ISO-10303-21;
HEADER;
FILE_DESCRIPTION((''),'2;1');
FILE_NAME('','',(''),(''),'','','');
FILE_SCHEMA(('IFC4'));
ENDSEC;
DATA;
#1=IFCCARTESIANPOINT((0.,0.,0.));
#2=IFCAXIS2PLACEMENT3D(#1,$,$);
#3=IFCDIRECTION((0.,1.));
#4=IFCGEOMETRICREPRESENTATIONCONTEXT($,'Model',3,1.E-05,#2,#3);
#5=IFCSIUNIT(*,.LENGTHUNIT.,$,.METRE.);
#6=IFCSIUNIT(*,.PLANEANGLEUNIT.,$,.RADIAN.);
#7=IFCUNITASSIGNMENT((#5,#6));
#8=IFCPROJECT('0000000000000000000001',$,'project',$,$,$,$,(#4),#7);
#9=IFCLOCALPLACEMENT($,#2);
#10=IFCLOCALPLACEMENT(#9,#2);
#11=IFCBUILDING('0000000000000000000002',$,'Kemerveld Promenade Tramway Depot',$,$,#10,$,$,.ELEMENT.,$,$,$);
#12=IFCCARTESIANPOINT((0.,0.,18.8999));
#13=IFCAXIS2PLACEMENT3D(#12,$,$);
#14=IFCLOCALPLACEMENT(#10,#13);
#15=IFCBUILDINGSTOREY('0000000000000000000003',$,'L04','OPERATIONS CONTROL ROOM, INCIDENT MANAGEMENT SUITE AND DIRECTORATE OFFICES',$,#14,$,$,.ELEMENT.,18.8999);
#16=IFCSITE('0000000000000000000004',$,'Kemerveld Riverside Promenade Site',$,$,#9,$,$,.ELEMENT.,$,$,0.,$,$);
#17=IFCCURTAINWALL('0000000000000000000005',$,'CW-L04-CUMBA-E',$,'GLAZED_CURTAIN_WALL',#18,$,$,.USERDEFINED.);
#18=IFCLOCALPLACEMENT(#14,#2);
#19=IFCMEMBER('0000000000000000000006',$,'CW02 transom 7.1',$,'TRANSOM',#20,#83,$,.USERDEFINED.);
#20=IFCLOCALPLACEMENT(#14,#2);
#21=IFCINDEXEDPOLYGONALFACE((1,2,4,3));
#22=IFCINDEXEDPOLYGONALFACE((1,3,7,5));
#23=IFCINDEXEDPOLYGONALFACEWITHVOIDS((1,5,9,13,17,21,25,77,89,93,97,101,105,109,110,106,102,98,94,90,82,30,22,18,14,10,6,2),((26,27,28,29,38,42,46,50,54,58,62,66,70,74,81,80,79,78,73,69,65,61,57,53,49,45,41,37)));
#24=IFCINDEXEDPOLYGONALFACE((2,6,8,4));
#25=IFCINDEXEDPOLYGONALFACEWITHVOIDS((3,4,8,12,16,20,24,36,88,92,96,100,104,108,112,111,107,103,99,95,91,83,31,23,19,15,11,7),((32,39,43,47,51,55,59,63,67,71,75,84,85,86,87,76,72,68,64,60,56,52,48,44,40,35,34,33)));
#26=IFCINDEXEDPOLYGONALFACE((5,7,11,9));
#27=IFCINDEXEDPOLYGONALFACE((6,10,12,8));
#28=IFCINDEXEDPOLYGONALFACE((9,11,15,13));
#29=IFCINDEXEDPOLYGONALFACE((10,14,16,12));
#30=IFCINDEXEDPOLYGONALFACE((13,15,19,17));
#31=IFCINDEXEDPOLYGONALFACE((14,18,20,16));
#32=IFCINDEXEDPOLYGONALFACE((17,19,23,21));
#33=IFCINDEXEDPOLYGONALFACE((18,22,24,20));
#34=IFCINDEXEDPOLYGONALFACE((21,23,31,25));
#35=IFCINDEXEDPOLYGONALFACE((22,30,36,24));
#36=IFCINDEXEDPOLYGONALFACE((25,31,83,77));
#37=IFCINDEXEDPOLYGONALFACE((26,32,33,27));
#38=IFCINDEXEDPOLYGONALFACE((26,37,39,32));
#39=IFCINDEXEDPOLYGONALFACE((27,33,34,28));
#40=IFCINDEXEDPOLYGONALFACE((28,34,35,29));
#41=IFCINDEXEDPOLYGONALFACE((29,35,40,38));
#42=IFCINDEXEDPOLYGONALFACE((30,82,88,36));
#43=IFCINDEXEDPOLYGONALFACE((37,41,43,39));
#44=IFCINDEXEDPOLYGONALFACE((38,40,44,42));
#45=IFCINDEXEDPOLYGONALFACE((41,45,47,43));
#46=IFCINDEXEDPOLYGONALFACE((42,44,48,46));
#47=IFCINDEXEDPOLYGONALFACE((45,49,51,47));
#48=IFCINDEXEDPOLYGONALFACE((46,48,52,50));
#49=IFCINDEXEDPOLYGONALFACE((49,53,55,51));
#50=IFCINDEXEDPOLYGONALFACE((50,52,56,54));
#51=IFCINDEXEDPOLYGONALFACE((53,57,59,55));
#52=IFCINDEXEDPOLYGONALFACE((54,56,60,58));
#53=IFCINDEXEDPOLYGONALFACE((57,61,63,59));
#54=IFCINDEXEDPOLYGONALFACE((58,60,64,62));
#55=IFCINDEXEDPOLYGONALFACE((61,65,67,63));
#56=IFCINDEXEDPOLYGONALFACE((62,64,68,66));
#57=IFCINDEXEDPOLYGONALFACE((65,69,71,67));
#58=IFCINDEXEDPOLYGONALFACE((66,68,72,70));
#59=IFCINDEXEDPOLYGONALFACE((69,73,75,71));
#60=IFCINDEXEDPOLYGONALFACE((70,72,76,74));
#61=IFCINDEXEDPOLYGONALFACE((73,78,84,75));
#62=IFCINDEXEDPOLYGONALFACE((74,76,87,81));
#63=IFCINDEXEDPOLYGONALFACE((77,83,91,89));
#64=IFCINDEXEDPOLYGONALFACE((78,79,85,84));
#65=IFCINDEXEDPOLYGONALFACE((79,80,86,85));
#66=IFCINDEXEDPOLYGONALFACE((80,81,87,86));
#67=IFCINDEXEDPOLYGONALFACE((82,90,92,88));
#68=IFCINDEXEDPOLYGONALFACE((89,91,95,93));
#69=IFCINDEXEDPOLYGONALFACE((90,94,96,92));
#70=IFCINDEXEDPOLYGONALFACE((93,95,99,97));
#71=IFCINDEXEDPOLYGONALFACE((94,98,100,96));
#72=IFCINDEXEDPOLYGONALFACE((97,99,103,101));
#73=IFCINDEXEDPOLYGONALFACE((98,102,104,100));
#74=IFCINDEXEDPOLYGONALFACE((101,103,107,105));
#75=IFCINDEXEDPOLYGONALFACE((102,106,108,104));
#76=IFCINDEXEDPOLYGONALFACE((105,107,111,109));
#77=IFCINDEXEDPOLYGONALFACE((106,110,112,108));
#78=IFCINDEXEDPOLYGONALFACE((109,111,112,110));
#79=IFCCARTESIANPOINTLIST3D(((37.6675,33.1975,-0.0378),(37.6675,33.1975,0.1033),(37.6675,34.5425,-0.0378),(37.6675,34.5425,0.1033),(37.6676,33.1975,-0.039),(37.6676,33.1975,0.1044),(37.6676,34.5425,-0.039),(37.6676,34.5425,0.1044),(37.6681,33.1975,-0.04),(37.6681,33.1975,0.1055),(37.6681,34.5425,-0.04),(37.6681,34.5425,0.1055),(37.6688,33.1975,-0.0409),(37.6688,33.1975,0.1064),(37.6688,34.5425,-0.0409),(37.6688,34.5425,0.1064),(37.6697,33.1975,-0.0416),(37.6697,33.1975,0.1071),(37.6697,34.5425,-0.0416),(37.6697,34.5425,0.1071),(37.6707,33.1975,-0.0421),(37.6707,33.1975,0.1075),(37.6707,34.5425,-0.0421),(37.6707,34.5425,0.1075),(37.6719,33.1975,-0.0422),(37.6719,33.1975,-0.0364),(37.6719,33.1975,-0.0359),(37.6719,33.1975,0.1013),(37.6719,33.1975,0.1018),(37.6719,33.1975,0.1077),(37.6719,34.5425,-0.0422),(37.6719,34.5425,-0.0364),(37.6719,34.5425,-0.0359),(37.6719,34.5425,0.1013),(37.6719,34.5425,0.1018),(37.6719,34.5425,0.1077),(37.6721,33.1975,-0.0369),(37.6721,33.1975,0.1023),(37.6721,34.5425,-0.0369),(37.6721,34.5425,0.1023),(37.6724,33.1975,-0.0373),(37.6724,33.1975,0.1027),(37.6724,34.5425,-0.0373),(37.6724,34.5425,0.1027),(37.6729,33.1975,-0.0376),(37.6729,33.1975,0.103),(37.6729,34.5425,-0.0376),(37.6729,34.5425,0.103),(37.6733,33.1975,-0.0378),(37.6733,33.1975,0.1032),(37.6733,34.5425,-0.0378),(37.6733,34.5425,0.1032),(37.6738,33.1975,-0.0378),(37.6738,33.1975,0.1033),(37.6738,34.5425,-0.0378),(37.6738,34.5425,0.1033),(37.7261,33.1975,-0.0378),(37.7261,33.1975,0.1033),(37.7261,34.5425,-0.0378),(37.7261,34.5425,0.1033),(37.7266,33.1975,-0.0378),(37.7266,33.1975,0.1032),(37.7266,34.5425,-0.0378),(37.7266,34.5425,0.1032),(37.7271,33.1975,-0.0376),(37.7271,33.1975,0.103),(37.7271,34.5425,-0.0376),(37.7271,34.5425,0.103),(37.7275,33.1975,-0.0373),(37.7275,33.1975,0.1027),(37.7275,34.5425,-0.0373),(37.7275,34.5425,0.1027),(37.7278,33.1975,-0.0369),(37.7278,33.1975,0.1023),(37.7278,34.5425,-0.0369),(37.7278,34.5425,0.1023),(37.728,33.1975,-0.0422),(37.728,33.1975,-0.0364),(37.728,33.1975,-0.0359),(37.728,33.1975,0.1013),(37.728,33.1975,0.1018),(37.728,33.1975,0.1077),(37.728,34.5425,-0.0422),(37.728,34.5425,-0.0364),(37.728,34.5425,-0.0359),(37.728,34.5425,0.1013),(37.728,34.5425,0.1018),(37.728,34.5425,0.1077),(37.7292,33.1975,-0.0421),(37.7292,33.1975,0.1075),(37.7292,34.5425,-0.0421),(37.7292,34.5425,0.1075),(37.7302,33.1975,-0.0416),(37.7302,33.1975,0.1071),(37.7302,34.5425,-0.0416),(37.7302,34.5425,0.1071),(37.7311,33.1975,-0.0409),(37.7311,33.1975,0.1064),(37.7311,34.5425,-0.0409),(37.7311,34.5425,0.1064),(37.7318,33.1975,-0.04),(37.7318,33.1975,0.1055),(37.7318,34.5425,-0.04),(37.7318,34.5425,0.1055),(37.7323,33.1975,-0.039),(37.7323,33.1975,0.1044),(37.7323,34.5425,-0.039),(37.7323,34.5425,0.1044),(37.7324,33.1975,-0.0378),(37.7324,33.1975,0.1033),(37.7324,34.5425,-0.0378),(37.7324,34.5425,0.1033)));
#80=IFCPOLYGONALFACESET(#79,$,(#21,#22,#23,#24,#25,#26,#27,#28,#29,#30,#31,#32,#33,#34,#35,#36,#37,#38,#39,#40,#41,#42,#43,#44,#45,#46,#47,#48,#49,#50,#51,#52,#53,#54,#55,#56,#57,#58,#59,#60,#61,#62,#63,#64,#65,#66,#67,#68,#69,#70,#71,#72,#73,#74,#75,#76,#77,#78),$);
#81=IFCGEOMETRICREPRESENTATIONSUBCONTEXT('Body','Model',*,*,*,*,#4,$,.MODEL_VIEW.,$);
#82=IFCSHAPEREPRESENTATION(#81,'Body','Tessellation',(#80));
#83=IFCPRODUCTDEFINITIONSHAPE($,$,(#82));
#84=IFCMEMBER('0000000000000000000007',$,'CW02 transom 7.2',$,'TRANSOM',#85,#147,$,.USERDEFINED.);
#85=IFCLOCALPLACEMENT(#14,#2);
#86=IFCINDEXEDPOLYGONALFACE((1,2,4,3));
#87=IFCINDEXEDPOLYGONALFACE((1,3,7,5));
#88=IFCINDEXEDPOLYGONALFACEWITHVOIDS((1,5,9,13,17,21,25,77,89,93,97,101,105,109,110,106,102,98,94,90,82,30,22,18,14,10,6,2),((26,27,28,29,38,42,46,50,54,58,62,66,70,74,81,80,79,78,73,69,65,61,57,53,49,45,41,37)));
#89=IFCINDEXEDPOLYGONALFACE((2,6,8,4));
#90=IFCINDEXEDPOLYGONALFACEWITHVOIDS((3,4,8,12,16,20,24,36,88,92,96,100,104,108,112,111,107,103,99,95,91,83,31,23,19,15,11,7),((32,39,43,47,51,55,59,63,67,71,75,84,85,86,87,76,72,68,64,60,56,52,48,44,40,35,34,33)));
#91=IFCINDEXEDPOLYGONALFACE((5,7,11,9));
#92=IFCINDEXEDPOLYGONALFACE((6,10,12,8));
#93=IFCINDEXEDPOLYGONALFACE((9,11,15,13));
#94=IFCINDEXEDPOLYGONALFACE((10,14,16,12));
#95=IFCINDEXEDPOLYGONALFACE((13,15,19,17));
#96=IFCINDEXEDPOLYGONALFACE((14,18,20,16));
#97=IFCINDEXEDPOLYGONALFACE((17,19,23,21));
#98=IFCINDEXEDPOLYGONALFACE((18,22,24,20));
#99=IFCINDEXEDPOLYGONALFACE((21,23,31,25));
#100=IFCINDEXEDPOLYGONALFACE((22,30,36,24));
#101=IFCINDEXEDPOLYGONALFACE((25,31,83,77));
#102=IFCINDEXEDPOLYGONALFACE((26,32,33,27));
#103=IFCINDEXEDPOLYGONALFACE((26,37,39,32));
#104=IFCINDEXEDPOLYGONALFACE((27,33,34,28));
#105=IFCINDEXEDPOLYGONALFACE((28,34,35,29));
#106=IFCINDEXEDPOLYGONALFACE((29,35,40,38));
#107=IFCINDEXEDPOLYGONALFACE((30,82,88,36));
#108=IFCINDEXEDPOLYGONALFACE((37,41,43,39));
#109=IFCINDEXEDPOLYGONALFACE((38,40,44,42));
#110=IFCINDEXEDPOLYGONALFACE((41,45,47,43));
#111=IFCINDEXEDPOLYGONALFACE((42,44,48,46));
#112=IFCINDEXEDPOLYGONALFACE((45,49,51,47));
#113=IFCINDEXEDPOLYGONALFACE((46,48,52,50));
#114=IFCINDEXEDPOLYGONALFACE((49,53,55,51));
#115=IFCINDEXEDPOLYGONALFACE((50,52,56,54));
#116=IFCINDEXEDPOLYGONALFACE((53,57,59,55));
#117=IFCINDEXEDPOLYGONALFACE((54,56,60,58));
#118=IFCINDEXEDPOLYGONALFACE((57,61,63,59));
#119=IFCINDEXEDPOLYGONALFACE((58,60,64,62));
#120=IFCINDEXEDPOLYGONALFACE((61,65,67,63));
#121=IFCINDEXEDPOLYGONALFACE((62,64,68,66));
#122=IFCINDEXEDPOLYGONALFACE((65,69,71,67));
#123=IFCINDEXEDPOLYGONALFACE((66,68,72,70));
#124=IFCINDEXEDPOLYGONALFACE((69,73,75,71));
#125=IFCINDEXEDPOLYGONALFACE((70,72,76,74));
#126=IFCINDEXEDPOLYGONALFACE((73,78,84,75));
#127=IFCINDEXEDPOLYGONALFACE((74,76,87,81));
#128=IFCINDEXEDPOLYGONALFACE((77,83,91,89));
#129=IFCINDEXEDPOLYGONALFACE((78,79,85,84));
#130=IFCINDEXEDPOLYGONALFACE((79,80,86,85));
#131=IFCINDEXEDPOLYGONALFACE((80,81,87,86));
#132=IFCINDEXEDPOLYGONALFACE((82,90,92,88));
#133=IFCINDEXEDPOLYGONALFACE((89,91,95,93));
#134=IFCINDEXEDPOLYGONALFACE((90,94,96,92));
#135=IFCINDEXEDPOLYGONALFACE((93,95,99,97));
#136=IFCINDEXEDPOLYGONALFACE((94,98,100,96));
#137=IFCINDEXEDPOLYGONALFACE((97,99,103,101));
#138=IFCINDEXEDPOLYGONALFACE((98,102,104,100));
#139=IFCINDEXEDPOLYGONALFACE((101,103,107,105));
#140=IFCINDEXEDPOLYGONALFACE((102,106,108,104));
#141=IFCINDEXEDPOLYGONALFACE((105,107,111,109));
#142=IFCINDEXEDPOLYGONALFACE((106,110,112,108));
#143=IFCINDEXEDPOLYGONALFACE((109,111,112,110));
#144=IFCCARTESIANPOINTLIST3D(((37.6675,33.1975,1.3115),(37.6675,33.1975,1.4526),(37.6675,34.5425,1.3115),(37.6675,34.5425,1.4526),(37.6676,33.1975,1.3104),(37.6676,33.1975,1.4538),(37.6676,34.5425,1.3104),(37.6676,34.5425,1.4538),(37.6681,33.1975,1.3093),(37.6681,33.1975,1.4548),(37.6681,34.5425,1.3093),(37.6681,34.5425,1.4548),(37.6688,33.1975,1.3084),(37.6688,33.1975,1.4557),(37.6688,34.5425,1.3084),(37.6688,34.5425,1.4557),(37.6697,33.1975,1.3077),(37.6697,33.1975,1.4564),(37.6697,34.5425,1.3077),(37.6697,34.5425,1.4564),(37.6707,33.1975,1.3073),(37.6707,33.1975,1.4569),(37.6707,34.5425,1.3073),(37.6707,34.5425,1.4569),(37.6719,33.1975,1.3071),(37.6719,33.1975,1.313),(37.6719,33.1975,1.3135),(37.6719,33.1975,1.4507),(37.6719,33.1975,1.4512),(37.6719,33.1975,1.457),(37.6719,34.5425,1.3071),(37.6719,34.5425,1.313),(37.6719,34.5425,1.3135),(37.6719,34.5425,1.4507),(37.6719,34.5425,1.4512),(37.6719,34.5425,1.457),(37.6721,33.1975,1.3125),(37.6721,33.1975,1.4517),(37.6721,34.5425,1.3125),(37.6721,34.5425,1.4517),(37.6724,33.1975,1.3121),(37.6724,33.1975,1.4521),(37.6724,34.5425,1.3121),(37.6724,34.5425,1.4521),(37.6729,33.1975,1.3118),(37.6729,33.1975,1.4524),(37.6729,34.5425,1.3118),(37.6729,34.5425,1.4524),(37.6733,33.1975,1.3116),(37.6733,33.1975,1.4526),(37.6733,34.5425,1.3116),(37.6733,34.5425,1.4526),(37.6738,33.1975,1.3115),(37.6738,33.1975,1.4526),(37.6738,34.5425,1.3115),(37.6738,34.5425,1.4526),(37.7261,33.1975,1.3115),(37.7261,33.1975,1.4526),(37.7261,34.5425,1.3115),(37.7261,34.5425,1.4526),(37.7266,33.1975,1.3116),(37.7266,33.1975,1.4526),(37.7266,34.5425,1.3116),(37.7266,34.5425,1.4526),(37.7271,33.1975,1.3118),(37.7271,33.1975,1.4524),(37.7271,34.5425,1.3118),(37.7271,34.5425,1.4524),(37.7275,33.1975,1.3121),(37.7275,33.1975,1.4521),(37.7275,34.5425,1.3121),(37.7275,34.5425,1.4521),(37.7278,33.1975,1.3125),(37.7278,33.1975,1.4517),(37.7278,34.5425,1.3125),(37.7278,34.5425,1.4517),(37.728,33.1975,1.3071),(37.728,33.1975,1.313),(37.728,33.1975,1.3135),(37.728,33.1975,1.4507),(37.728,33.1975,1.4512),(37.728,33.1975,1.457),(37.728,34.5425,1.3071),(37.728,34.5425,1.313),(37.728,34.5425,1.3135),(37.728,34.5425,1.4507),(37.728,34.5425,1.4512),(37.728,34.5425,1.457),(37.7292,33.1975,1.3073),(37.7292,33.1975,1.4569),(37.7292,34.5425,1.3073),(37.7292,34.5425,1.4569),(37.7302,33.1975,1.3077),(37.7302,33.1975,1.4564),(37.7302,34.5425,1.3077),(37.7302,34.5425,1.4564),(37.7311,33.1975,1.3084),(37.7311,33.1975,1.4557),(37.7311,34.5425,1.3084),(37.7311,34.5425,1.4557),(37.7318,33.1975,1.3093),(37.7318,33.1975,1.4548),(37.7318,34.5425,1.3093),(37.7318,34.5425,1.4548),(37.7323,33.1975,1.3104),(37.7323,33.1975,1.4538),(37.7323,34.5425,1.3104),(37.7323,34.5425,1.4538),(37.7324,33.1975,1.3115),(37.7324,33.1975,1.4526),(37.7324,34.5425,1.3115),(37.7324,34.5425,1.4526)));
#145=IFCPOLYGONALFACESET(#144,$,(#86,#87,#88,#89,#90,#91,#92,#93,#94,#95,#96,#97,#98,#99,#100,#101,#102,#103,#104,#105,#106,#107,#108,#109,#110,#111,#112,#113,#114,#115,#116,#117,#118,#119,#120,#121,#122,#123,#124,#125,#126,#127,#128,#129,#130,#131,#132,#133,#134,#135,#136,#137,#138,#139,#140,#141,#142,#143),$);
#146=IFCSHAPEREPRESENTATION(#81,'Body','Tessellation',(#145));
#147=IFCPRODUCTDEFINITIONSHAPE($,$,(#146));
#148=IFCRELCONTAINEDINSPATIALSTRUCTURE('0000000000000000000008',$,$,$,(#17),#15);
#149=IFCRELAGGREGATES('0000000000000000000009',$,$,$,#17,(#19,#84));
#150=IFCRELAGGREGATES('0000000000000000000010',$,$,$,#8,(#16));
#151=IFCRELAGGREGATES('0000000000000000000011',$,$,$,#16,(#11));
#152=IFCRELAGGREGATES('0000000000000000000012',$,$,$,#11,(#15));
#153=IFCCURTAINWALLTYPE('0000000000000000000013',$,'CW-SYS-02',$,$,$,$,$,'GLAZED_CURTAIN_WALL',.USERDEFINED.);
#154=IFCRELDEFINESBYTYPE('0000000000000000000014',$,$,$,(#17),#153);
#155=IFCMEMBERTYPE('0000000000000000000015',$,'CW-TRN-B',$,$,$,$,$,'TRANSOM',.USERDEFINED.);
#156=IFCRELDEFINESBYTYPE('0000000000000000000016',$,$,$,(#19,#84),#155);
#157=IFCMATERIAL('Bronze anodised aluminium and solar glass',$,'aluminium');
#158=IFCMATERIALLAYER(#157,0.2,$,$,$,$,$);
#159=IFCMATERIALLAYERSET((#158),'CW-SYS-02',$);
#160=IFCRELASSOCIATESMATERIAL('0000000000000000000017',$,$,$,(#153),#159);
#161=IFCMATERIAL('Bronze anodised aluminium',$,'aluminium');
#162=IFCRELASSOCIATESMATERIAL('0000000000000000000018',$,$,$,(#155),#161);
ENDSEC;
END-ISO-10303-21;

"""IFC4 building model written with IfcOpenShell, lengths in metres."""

from ifc_helpers import new_model, si_unit, direction, frame, origin, origin_2d, place, context, subcontext, project, spatial, hollow_rectangle, extrude, material, layer, layer_set, material_profile, profile_set, type_object, element, aggregate, save


model = new_model("IFC4")

# Units and contexts
model_context = context("Model", 3, precision=1e-05, world=origin(), true_north=direction((0.0, 1.0)))
body_context = subcontext(model_context, "Body", "Model", "MODEL_VIEW")
ifc_project = project(units=[si_unit("LENGTHUNIT", "METRE"), si_unit("PLANEANGLEUNIT", "RADIAN")], contexts=[model_context])

# Site, building, storey
site_placement = place(None, origin())
site = spatial("IfcSite", under=ifc_project, at=site_placement, Name="Kemerveld Riverside Promenade Site", CompositionType="ELEMENT", RefElevation=0.0)
building_placement = place(site_placement, origin())
building = spatial("IfcBuilding", under=site, at=building_placement, Name="Kemerveld Promenade Tramway Depot", CompositionType="ELEMENT")
storey_placement = place(building_placement, frame((0.0, 0.0, 18.8999)))
storey = spatial("IfcBuildingStorey", under=building, at=storey_placement, Name="L04", Description="OPERATIONS CONTROL ROOM, INCIDENT MANAGEMENT SUITE AND DIRECTORATE OFFICES", CompositionType="ELEMENT", Elevation=18.8999)

# Curtain wall, members
ifc_material_1 = material(Name="Bronze anodised aluminium and solar glass", Category="aluminium")
ifc_layer_1 = layer(ifc_material_1, 0.2)
ifc_layer_set_1 = layer_set([ifc_layer_1], Name="CW-SYS-02")
curtain_wall_type = type_object("IfcCurtainWallType", Name="CW-SYS-02", ElementType="GLAZED_CURTAIN_WALL", PredefinedType="USERDEFINED", material=ifc_layer_set_1)
curtain_wall_placement = place(storey_placement, origin())
curtain_wall = element("IfcCurtainWall", 1, at=curtain_wall_placement, inside=storey, type_object=curtain_wall_type, Name="CW-L04-CUMBA-E", ObjectType="GLAZED_CURTAIN_WALL", PredefinedType="USERDEFINED")
ifc_material_2 = material(Name="Bronze anodised aluminium", Category="aluminium")
ifc_material_profile_1 = material_profile(ifc_material_2, hollow_rectangle(XDim=0.0649, YDim=0.1499, WallThickness=0.0044, InnerFilletRadius=0.002, OuterFilletRadius=0.0044, at=origin_2d()), Name="CW-TRN-150x65")
ifc_profile_set_1 = profile_set([ifc_material_profile_1], Name="Bronze anodised aluminium")
member_type_1 = type_object("IfcMemberType", Name="CW-TRN-B", ElementType="TRANSOM", PredefinedType="USERDEFINED", material=ifc_profile_set_1)
member_1_placement = place(storey_placement, frame((37.7, 34.5425, 0.0327), z_axis=(0.0, -1.0, 0.0), x_axis=(1.0, 0.0, 0.0)))
member_1 = element("IfcMember", 2, at=member_1_placement, type_object=member_type_1, Name="CW02 transom 7.1", ObjectType="TRANSOM", PredefinedType="USERDEFINED", context=body_context, shape_type="SweptSolid", body=[
    extrude(hollow_rectangle(XDim=0.0649, YDim=0.1499, WallThickness=0.0044, InnerFilletRadius=0.002, OuterFilletRadius=0.0044, at=origin_2d()), origin(), (0.0, 0.0, 1.0), 1.345),
])
member_2_placement = place(storey_placement, frame((37.7, 34.5425, 1.3821), z_axis=(0.0, -1.0, 0.0), x_axis=(1.0, 0.0, 0.0)))
member_2 = element("IfcMember", 3, at=member_2_placement, type_object=member_type_1, Name="CW02 transom 7.2", ObjectType="TRANSOM", PredefinedType="USERDEFINED", context=body_context, shape_type="SweptSolid", body=[
    extrude(hollow_rectangle(XDim=0.0649, YDim=0.1499, WallThickness=0.0044, InnerFilletRadius=0.002, OuterFilletRadius=0.0044, at=origin_2d()), origin(), (0.0, 0.0, 1.0), 1.345),
])
aggregate(curtain_wall, [member_1, member_2])

save(model, "model.ifc")
